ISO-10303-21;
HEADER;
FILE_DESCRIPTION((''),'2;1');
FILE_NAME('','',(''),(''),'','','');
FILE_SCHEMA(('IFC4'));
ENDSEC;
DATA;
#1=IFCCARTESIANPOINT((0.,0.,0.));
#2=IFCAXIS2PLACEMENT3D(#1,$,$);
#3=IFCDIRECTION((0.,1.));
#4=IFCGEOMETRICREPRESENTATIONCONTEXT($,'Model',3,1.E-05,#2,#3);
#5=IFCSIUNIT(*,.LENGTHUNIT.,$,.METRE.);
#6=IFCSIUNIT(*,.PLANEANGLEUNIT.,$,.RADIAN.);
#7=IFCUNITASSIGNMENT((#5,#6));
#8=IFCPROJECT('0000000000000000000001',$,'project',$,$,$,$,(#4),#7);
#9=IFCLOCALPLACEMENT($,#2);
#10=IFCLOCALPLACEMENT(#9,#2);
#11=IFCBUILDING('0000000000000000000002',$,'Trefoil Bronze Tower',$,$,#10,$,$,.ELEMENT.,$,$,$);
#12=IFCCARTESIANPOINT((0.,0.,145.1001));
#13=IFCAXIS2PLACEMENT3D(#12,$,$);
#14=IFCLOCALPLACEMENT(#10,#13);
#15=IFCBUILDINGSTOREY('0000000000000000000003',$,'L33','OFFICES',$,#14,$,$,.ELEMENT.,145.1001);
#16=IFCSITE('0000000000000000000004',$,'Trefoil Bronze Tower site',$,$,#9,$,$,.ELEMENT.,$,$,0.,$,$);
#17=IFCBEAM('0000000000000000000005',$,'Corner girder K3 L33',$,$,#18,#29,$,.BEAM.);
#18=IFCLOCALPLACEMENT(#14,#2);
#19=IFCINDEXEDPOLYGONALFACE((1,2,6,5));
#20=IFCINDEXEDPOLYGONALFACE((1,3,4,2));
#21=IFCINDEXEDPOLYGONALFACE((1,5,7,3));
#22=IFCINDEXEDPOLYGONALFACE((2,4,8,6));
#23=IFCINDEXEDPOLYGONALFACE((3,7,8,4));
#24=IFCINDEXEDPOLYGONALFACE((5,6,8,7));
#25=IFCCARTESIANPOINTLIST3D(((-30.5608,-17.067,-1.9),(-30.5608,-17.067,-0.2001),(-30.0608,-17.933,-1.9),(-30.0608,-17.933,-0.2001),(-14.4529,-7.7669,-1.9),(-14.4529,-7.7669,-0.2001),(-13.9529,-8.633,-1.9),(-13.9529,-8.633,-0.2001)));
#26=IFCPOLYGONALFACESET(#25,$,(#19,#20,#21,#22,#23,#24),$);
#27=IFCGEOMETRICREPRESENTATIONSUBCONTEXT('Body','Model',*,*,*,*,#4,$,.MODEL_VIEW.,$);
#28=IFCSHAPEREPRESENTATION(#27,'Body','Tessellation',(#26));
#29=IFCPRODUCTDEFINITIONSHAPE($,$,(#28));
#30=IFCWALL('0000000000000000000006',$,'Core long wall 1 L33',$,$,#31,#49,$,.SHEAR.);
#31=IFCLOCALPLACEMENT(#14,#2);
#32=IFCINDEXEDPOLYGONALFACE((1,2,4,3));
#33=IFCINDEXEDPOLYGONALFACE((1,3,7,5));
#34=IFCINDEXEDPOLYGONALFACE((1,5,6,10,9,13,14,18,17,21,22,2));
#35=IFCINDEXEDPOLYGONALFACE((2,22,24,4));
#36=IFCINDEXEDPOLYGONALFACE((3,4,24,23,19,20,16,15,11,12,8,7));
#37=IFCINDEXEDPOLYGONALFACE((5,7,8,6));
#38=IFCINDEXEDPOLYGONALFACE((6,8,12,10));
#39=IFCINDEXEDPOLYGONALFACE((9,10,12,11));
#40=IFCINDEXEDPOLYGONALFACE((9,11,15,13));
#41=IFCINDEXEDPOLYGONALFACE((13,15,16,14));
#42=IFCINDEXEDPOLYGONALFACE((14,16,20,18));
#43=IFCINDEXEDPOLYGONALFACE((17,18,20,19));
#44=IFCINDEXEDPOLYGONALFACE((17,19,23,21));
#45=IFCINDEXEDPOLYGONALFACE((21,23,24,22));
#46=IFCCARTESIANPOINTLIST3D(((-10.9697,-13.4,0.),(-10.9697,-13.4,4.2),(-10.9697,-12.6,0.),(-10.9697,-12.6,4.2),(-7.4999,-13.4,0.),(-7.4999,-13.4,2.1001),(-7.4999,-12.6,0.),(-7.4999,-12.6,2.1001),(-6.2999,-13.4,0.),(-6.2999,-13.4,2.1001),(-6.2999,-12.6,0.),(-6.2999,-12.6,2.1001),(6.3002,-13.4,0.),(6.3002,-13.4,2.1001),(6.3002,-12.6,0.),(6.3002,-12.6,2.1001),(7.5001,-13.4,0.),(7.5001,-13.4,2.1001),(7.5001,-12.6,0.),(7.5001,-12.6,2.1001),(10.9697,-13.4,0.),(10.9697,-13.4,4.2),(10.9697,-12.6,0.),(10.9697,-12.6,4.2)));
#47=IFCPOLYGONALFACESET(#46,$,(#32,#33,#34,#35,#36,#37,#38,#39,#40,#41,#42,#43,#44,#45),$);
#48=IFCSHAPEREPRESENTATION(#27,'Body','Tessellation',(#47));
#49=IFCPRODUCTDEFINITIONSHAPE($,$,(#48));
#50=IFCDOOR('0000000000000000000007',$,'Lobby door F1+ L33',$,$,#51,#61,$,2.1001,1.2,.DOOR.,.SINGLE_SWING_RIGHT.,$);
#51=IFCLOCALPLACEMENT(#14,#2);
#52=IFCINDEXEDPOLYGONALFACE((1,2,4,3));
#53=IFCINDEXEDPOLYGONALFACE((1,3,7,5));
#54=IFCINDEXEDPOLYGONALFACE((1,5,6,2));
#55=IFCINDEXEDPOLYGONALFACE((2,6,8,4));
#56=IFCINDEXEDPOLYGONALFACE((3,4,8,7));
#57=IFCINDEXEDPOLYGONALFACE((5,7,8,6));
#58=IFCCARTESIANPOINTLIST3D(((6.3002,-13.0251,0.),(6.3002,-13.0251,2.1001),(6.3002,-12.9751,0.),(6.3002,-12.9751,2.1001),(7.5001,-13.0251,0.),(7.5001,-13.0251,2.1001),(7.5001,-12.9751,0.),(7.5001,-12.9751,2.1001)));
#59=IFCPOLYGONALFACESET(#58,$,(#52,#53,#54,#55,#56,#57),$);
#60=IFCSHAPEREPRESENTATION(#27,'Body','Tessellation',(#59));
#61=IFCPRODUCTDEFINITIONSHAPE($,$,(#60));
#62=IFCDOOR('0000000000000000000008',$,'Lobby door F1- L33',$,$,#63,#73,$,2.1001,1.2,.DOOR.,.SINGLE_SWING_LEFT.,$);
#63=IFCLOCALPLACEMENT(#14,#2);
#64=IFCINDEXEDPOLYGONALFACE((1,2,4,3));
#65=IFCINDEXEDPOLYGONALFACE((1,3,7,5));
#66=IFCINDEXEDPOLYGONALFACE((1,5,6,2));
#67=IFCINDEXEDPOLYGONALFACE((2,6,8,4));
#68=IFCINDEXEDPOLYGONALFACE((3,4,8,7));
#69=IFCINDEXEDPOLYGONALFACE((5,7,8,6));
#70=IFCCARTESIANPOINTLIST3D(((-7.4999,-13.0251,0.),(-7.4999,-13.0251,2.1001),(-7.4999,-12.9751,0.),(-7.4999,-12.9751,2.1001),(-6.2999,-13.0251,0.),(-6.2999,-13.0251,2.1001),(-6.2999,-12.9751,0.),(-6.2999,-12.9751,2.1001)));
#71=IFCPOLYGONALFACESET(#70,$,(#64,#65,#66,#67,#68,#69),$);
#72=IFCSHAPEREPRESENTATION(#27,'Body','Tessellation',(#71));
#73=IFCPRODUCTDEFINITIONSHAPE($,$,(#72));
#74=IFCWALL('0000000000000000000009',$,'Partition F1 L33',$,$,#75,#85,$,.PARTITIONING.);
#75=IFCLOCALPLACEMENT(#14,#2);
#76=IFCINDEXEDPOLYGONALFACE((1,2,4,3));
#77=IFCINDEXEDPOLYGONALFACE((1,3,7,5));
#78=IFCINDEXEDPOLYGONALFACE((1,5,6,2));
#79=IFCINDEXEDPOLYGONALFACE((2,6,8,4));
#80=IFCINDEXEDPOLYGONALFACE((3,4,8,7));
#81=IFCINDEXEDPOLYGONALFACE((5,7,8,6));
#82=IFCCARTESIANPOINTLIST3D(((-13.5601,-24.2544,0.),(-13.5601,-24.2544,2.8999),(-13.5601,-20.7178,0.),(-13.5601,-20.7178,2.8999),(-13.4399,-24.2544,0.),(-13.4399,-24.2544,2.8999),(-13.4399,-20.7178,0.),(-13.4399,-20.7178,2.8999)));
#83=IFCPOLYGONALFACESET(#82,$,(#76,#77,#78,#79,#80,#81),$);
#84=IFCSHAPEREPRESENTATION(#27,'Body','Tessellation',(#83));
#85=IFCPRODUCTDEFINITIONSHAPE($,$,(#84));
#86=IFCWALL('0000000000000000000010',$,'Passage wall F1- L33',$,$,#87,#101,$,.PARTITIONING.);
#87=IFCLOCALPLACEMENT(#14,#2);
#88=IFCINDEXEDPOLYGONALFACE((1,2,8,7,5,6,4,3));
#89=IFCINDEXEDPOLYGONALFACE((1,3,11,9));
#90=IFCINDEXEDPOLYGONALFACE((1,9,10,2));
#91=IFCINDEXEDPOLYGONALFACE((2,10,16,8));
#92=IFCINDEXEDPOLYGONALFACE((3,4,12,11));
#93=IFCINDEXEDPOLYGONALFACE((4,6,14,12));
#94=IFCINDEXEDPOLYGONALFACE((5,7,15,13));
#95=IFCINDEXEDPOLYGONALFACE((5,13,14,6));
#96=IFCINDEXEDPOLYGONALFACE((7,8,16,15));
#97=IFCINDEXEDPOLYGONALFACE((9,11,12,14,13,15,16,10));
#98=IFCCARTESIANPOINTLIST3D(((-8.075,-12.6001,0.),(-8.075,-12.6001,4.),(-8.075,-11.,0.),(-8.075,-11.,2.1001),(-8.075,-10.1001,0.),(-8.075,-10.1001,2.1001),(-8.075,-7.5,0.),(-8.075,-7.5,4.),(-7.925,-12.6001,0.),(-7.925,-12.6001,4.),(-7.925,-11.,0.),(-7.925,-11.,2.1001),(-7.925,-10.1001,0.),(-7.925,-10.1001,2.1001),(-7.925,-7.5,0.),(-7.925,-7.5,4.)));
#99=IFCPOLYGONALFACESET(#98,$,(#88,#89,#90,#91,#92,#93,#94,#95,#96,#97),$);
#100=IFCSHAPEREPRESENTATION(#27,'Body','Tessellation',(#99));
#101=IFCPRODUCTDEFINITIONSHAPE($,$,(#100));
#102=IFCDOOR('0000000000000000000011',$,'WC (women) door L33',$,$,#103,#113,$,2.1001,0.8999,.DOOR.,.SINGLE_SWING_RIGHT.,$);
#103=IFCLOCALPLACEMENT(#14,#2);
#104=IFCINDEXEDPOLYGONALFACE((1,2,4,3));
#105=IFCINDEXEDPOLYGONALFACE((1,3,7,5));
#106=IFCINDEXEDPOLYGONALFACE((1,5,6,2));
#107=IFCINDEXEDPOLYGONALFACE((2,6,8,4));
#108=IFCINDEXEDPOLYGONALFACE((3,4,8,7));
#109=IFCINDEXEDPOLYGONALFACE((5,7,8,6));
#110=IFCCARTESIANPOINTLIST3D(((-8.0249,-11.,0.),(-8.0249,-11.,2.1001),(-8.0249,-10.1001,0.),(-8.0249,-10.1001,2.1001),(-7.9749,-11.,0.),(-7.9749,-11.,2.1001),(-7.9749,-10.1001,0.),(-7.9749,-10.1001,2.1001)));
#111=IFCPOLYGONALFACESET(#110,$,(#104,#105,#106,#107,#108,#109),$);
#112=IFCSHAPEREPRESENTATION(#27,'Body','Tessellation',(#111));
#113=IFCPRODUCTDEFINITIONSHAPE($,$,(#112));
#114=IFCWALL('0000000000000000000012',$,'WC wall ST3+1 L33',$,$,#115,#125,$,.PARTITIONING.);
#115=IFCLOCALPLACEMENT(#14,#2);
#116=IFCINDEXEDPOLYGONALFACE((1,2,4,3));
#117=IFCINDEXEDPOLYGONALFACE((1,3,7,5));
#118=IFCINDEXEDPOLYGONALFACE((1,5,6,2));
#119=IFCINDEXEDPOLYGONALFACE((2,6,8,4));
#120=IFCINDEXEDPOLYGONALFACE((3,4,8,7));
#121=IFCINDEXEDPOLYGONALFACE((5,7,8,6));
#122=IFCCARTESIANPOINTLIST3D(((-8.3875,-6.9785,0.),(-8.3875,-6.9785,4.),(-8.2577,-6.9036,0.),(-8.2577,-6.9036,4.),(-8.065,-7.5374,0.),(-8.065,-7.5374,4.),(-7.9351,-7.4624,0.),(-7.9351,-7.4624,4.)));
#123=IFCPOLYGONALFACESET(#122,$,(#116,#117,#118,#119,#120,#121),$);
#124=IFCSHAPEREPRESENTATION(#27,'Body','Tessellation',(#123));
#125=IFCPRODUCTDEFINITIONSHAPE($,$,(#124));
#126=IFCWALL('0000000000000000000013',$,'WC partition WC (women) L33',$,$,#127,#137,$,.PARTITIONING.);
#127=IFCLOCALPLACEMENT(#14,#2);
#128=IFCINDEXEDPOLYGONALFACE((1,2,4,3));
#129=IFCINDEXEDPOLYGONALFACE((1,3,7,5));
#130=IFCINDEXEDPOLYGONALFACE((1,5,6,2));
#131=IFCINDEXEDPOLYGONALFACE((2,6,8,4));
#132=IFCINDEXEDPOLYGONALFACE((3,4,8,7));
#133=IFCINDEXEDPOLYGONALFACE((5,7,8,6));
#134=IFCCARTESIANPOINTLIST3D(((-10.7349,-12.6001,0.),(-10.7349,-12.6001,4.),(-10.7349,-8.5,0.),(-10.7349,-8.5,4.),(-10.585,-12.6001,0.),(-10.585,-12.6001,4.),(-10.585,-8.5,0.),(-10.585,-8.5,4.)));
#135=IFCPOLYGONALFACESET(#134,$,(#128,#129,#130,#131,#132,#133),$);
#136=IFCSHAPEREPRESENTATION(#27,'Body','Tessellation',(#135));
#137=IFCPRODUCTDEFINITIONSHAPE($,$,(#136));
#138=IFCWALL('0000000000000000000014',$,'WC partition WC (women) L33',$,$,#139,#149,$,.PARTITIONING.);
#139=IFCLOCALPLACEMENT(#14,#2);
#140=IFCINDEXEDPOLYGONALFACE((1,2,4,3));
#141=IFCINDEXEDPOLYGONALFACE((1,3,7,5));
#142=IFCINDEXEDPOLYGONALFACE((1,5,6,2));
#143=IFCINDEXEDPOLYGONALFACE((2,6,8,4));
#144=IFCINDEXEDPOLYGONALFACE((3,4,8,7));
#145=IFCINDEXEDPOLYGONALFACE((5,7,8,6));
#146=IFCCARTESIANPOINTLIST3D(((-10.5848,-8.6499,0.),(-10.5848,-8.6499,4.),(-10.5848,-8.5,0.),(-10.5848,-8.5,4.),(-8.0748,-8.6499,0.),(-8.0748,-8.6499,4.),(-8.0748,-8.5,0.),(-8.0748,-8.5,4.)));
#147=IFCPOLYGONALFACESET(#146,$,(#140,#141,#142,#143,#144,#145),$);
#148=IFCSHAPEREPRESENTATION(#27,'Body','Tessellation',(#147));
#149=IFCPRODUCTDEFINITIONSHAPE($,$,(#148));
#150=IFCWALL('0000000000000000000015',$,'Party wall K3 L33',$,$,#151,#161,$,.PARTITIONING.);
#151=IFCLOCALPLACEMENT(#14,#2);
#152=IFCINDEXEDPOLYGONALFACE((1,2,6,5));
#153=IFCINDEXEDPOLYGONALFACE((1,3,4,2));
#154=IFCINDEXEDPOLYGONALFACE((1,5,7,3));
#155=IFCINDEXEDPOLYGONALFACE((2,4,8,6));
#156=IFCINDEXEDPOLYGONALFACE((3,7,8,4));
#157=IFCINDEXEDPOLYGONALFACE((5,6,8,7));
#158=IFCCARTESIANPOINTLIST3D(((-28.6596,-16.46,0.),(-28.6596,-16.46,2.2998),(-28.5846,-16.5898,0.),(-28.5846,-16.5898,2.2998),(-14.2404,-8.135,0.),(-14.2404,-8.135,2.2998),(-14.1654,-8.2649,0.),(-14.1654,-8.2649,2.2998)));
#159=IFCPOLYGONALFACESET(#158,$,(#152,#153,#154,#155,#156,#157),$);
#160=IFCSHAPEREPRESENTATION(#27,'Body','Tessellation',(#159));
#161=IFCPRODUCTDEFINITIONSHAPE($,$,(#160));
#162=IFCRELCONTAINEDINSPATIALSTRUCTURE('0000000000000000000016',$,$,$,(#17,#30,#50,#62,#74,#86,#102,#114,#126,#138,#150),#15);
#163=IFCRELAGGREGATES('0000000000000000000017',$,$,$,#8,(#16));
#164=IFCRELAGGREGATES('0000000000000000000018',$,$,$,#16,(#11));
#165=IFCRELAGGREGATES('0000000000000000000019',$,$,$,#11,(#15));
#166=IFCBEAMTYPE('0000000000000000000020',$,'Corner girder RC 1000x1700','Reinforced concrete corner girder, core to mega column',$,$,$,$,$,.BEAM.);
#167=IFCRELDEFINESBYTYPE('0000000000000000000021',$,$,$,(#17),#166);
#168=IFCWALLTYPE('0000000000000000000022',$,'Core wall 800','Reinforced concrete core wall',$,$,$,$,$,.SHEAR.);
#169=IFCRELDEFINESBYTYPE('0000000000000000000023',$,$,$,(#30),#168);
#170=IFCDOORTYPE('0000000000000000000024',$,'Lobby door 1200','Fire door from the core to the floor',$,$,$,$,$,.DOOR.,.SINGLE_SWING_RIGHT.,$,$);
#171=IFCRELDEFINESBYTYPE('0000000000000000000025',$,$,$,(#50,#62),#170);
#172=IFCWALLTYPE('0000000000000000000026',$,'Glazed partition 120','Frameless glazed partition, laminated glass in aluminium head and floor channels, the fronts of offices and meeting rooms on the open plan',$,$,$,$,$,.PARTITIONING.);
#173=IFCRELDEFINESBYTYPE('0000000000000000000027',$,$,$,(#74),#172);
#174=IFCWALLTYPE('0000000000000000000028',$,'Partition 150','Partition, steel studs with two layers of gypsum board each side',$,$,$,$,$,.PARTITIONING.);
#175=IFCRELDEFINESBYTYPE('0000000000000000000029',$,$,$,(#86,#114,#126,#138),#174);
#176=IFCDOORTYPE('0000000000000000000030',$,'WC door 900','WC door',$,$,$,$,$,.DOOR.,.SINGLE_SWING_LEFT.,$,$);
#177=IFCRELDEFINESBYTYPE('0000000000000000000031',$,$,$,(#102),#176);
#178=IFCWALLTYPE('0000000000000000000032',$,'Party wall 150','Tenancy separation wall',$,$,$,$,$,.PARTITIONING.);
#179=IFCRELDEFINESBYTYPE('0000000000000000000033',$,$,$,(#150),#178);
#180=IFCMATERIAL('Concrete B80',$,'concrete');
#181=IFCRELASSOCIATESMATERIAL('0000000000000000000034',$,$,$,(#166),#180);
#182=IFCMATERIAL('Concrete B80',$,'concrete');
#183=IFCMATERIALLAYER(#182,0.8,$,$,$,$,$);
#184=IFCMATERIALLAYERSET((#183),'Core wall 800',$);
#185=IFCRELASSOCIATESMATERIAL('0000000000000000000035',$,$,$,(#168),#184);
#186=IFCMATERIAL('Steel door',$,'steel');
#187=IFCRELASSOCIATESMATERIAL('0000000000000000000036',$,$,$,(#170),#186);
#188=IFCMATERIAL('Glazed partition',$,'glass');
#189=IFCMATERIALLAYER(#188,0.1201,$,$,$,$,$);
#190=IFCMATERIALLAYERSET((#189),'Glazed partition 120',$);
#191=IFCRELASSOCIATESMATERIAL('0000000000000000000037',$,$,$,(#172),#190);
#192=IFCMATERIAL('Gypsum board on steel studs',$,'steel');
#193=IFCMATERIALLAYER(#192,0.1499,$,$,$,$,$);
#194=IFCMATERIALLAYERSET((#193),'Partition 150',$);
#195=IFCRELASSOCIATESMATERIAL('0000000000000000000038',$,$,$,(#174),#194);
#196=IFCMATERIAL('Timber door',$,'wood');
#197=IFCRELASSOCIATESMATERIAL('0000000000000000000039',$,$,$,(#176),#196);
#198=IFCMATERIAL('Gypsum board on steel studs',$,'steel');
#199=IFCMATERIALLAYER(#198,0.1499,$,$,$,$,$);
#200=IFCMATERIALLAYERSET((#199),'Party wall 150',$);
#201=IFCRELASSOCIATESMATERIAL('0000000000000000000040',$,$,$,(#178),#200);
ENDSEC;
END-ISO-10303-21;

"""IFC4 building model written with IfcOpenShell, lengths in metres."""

from ifc_helpers import new_model, si_unit, direction, frame, frame_2d, origin, origin_2d, place, context, subcontext, project, spatial, rectangle, extrude, material, layer, layer_set, material_profile, profile_set, type_object, element, fill, save


model = new_model("IFC4")

# Units and contexts
model_context = context("Model", 3, precision=1e-05, world=origin(), true_north=direction((0.0, 1.0)))
body_context = subcontext(model_context, "Body", "Model", "MODEL_VIEW")
ifc_project = project(units=[si_unit("LENGTHUNIT", "METRE"), si_unit("PLANEANGLEUNIT", "RADIAN")], contexts=[model_context])

# Site, building, storey
site_placement = place(None, origin())
site = spatial("IfcSite", under=ifc_project, at=site_placement, Name="Trefoil Bronze Tower site", CompositionType="ELEMENT", RefElevation=0.0)
building_placement = place(site_placement, origin())
building = spatial("IfcBuilding", under=site, at=building_placement, Name="Trefoil Bronze Tower", CompositionType="ELEMENT")
storey_placement = place(building_placement, frame((0.0, 0.0, 145.1001)))
storey = spatial("IfcBuildingStorey", under=building, at=storey_placement, Name="L33", Description="OFFICES", CompositionType="ELEMENT", Elevation=145.1001)

# Beam
ifc_material_1 = material(Name="Concrete B80", Category="concrete")
ifc_material_profile_1 = material_profile(ifc_material_1, rectangle(XDim=1.0, YDim=1.7, at=origin_2d()), Name="RC 1000x1700")
ifc_profile_set_1 = profile_set([ifc_material_profile_1], Name="Concrete B80")
beam_type_1 = type_object("IfcBeamType", Name="Corner girder RC 1000x1700", Description="Reinforced concrete corner girder, core to mega column", PredefinedType="BEAM", material=ifc_profile_set_1)
beam_1_placement = place(storey_placement, frame((-14.2029, -8.2, -1.05), z_axis=(-0.866022, -0.500006, 0.0), x_axis=(0.500006, -0.866022, 0.0)))
element("IfcBeam", 1, at=beam_1_placement, inside=storey, type_object=beam_type_1, Name="Corner girder K3 L33", PredefinedType="BEAM", context=body_context, shape_type="SweptSolid", body=[
    extrude(rectangle(XDim=1.0, YDim=1.7, at=origin_2d()), origin(), (0.0, 0.0, 1.0), 18.5999),
])

# Wall, openings, doors
ifc_material_2 = material(Name="Concrete B80", Category="concrete")
ifc_layer_1 = layer(ifc_material_2, 0.8)
ifc_layer_set_1 = layer_set([ifc_layer_1], Name="Core wall 800")
wall_type_1 = type_object("IfcWallType", Name="Core wall 800", Description="Reinforced concrete core wall", PredefinedType="SHEAR", material=ifc_layer_set_1)
wall_1_placement = place(storey_placement, frame((-10.9697, -13.0, 0.0), z_axis=(0.0, 0.0, 1.0), x_axis=(1.0, 0.0, 0.0)))
wall_1 = element("IfcWall", 2, at=wall_1_placement, inside=storey, type_object=wall_type_1, Name="Core long wall 1 L33", PredefinedType="SHEAR", context=body_context, shape_type="SweptSolid", body=[
    extrude(rectangle(XDim=21.9395, YDim=0.8, at=frame_2d((10.9697, 0.0))), origin(), (0.0, 0.0, 1.0), 4.2),
])
opening_1_placement = place(wall_1_placement, frame((17.2698, 0.0, 0.0)))
opening_1 = element("IfcOpeningElement", 3, at=opening_1_placement, cuts=wall_1, PredefinedType="OPENING", context=body_context, shape_type="SweptSolid", body=[
    extrude(rectangle(XDim=1.2, YDim=2.1001, at=frame_2d((0.6001, 1.05))), frame((0.0, 0.4099, 0.0), z_axis=(0.0, -1.0, 0.0), x_axis=(1.0, 0.0, 0.0)), (0.0, 0.0, 1.0), 0.8201),
])
opening_2_placement = place(wall_1_placement, frame((3.4697, 0.0, 0.0)))
opening_2 = element("IfcOpeningElement", 4, at=opening_2_placement, cuts=wall_1, PredefinedType="OPENING", context=body_context, shape_type="SweptSolid", body=[
    extrude(rectangle(XDim=1.2, YDim=2.1001, at=frame_2d((0.6001, 1.05))), frame((0.0, 0.4099, 0.0), z_axis=(0.0, -1.0, 0.0), x_axis=(1.0, 0.0, 0.0)), (0.0, 0.0, 1.0), 0.8201),
])
ifc_material_3 = material(Name="Steel door", Category="steel")
door_type_1 = type_object("IfcDoorType", Name="Lobby door 1200", Description="Fire door from the core to the floor", OperationType="SINGLE_SWING_RIGHT", PredefinedType="DOOR", material=ifc_material_3)
door_1_placement = place(opening_1_placement, origin())
door_1 = element("IfcDoor", 5, at=door_1_placement, inside=storey, type_object=door_type_1, Name="Lobby door F1+ L33", OperationType="SINGLE_SWING_RIGHT", OverallHeight=2.1001, OverallWidth=1.2, PredefinedType="DOOR", context=body_context, shape_type="SweptSolid", body=[
    extrude(rectangle(XDim=1.2, YDim=2.1001, at=frame_2d((0.6001, 1.05))), frame((0.0, 0.0249, 0.0), z_axis=(0.0, -1.0, 0.0), x_axis=(1.0, 0.0, 0.0)), (0.0, 0.0, 1.0), 0.05),
])
fill(opening_1, door_1)
door_2_placement = place(opening_2_placement, origin())
door_2 = element("IfcDoor", 6, at=door_2_placement, inside=storey, type_object=door_type_1, Name="Lobby door F1- L33", OperationType="SINGLE_SWING_LEFT", OverallHeight=2.1001, OverallWidth=1.2, PredefinedType="DOOR", context=body_context, shape_type="SweptSolid", body=[
    extrude(rectangle(XDim=1.2, YDim=2.1001, at=frame_2d((0.6001, 1.05))), frame((0.0, 0.0249, 0.0), z_axis=(0.0, -1.0, 0.0), x_axis=(1.0, 0.0, 0.0)), (0.0, 0.0, 1.0), 0.05),
])
fill(opening_2, door_2)

# Wall
ifc_material_4 = material(Name="Glazed partition", Category="glass")
ifc_layer_2 = layer(ifc_material_4, 0.1201)
ifc_layer_set_2 = layer_set([ifc_layer_2], Name="Glazed partition 120")
wall_type_2 = type_object("IfcWallType", Name="Glazed partition 120", Description="Frameless glazed partition, laminated glass in aluminium head and floor channels, the fronts of offices and meeting rooms on the open plan", PredefinedType="PARTITIONING", material=ifc_layer_set_2)
wall_2_placement = place(storey_placement, frame((-13.5, -20.7178, 0.0), z_axis=(0.0, 0.0, 1.0), x_axis=(0.0, -1.0, 0.0)))
element("IfcWall", 7, at=wall_2_placement, inside=storey, type_object=wall_type_2, Name="Partition F1 L33", PredefinedType="PARTITIONING", context=body_context, shape_type="SweptSolid", body=[
    extrude(rectangle(XDim=3.5366, YDim=0.1201, at=frame_2d((1.7683, 0.0))), origin(), (0.0, 0.0, 1.0), 2.8999),
])

# Wall, opening, door
ifc_material_5 = material(Name="Gypsum board on steel studs", Category="steel")
ifc_layer_3 = layer(ifc_material_5, 0.1499)
ifc_layer_set_3 = layer_set([ifc_layer_3], Name="Partition 150")
wall_type_3 = type_object("IfcWallType", Name="Partition 150", Description="Partition, steel studs with two layers of gypsum board each side", PredefinedType="PARTITIONING", material=ifc_layer_set_3)
wall_3_placement = place(storey_placement, frame((-8.0, -7.5, 0.0), z_axis=(0.0, 0.0, 1.0), x_axis=(0.0, -1.0, 0.0)))
wall_3 = element("IfcWall", 8, at=wall_3_placement, inside=storey, type_object=wall_type_3, Name="Passage wall F1- L33", PredefinedType="PARTITIONING", context=body_context, shape_type="SweptSolid", body=[
    extrude(rectangle(XDim=5.1001, YDim=0.1499, at=frame_2d((2.55, 0.0))), origin(), (0.0, 0.0, 1.0), 4.0),
])
opening_3_placement = place(wall_3_placement, frame((2.6001, 0.0, 0.0)))
opening_3 = element("IfcOpeningElement", 9, at=opening_3_placement, cuts=wall_3, PredefinedType="OPENING", context=body_context, shape_type="SweptSolid", body=[
    extrude(rectangle(XDim=0.8999, YDim=2.1001, at=frame_2d((0.45, 1.05))), frame((0.0, 0.085, 0.0), z_axis=(0.0, -1.0, 0.0), x_axis=(1.0, 0.0, 0.0)), (0.0, 0.0, 1.0), 0.1699),
])
ifc_material_6 = material(Name="Timber door", Category="wood")
door_type_2 = type_object("IfcDoorType", Name="WC door 900", Description="WC door", OperationType="SINGLE_SWING_LEFT", PredefinedType="DOOR", material=ifc_material_6)
door_3_placement = place(opening_3_placement, frame((0.8999, 0.0, 0.0), z_axis=(0.0, 0.0, 1.0), x_axis=(-1.0, 0.0, 0.0)))
door_3 = element("IfcDoor", 10, at=door_3_placement, inside=storey, type_object=door_type_2, Name="WC (women) door L33", OperationType="SINGLE_SWING_RIGHT", OverallHeight=2.1001, OverallWidth=0.8999, PredefinedType="DOOR", context=body_context, shape_type="SweptSolid", body=[
    extrude(rectangle(XDim=0.8999, YDim=2.1001, at=frame_2d((0.45, 1.05))), frame((0.0, 0.0249, 0.0), z_axis=(0.0, -1.0, 0.0), x_axis=(1.0, 0.0, 0.0)), (0.0, 0.0, 1.0), 0.05),
])
fill(opening_3, door_3)

# Walls
wall_4_placement = place(storey_placement, frame((-8.0, -7.5, 0.0), z_axis=(0.0, 0.0, 1.0), x_axis=(-0.499843, 0.866116, 0.0)))
element("IfcWall", 11, at=wall_4_placement, inside=storey, type_object=wall_type_3, Name="WC wall ST3+1 L33", PredefinedType="PARTITIONING", context=body_context, shape_type="SweptSolid", body=[
    extrude(rectangle(XDim=0.6453, YDim=0.1499, at=frame_2d((0.3228, 0.0))), origin(), (0.0, 0.0, 1.0), 4.0),
])
wall_5_placement = place(storey_placement, frame((-10.6599, -8.5, 0.0), z_axis=(0.0, 0.0, 1.0), x_axis=(0.0, -1.0, 0.0)))
element("IfcWall", 12, at=wall_5_placement, inside=storey, type_object=wall_type_3, Name="WC partition WC (women) L33", PredefinedType="PARTITIONING", context=body_context, shape_type="SweptSolid", body=[
    extrude(rectangle(XDim=4.1001, YDim=0.1499, at=frame_2d((2.05, 0.0))), origin(), (0.0, 0.0, 1.0), 4.0),
])
wall_6_placement = place(storey_placement, frame((-8.075, -8.575, 0.0), z_axis=(0.0, 0.0, 1.0), x_axis=(-1.0, 0.0, 0.0)))
element("IfcWall", 13, at=wall_6_placement, inside=storey, type_object=wall_type_3, Name="WC partition WC (women) L33", PredefinedType="PARTITIONING", context=body_context, shape_type="SweptSolid", body=[
    extrude(rectangle(XDim=2.51, YDim=0.1499, at=frame_2d((1.2549, 0.0))), origin(), (0.0, 0.0, 1.0), 4.0),
])
ifc_material_7 = material(Name="Gypsum board on steel studs", Category="steel")
ifc_layer_4 = layer(ifc_material_7, 0.1499)
ifc_layer_set_4 = layer_set([ifc_layer_4], Name="Party wall 150")
wall_type_4 = type_object("IfcWallType", Name="Party wall 150", Description="Tenancy separation wall", PredefinedType="PARTITIONING", material=ifc_layer_set_4)
wall_7_placement = place(storey_placement, frame((-14.2029, -8.2, 0.0), z_axis=(0.0, 0.0, 1.0), x_axis=(-0.866025, -0.500001, 0.0)))
element("IfcWall", 14, at=wall_7_placement, inside=storey, type_object=wall_type_4, Name="Party wall K3 L33", PredefinedType="PARTITIONING", context=body_context, shape_type="SweptSolid", body=[
    extrude(rectangle(XDim=16.6499, YDim=0.1499, at=frame_2d((8.325, 0.0))), origin(), (0.0, 0.0, 1.0), 2.2998),
])

save(model, "model.ifc")
